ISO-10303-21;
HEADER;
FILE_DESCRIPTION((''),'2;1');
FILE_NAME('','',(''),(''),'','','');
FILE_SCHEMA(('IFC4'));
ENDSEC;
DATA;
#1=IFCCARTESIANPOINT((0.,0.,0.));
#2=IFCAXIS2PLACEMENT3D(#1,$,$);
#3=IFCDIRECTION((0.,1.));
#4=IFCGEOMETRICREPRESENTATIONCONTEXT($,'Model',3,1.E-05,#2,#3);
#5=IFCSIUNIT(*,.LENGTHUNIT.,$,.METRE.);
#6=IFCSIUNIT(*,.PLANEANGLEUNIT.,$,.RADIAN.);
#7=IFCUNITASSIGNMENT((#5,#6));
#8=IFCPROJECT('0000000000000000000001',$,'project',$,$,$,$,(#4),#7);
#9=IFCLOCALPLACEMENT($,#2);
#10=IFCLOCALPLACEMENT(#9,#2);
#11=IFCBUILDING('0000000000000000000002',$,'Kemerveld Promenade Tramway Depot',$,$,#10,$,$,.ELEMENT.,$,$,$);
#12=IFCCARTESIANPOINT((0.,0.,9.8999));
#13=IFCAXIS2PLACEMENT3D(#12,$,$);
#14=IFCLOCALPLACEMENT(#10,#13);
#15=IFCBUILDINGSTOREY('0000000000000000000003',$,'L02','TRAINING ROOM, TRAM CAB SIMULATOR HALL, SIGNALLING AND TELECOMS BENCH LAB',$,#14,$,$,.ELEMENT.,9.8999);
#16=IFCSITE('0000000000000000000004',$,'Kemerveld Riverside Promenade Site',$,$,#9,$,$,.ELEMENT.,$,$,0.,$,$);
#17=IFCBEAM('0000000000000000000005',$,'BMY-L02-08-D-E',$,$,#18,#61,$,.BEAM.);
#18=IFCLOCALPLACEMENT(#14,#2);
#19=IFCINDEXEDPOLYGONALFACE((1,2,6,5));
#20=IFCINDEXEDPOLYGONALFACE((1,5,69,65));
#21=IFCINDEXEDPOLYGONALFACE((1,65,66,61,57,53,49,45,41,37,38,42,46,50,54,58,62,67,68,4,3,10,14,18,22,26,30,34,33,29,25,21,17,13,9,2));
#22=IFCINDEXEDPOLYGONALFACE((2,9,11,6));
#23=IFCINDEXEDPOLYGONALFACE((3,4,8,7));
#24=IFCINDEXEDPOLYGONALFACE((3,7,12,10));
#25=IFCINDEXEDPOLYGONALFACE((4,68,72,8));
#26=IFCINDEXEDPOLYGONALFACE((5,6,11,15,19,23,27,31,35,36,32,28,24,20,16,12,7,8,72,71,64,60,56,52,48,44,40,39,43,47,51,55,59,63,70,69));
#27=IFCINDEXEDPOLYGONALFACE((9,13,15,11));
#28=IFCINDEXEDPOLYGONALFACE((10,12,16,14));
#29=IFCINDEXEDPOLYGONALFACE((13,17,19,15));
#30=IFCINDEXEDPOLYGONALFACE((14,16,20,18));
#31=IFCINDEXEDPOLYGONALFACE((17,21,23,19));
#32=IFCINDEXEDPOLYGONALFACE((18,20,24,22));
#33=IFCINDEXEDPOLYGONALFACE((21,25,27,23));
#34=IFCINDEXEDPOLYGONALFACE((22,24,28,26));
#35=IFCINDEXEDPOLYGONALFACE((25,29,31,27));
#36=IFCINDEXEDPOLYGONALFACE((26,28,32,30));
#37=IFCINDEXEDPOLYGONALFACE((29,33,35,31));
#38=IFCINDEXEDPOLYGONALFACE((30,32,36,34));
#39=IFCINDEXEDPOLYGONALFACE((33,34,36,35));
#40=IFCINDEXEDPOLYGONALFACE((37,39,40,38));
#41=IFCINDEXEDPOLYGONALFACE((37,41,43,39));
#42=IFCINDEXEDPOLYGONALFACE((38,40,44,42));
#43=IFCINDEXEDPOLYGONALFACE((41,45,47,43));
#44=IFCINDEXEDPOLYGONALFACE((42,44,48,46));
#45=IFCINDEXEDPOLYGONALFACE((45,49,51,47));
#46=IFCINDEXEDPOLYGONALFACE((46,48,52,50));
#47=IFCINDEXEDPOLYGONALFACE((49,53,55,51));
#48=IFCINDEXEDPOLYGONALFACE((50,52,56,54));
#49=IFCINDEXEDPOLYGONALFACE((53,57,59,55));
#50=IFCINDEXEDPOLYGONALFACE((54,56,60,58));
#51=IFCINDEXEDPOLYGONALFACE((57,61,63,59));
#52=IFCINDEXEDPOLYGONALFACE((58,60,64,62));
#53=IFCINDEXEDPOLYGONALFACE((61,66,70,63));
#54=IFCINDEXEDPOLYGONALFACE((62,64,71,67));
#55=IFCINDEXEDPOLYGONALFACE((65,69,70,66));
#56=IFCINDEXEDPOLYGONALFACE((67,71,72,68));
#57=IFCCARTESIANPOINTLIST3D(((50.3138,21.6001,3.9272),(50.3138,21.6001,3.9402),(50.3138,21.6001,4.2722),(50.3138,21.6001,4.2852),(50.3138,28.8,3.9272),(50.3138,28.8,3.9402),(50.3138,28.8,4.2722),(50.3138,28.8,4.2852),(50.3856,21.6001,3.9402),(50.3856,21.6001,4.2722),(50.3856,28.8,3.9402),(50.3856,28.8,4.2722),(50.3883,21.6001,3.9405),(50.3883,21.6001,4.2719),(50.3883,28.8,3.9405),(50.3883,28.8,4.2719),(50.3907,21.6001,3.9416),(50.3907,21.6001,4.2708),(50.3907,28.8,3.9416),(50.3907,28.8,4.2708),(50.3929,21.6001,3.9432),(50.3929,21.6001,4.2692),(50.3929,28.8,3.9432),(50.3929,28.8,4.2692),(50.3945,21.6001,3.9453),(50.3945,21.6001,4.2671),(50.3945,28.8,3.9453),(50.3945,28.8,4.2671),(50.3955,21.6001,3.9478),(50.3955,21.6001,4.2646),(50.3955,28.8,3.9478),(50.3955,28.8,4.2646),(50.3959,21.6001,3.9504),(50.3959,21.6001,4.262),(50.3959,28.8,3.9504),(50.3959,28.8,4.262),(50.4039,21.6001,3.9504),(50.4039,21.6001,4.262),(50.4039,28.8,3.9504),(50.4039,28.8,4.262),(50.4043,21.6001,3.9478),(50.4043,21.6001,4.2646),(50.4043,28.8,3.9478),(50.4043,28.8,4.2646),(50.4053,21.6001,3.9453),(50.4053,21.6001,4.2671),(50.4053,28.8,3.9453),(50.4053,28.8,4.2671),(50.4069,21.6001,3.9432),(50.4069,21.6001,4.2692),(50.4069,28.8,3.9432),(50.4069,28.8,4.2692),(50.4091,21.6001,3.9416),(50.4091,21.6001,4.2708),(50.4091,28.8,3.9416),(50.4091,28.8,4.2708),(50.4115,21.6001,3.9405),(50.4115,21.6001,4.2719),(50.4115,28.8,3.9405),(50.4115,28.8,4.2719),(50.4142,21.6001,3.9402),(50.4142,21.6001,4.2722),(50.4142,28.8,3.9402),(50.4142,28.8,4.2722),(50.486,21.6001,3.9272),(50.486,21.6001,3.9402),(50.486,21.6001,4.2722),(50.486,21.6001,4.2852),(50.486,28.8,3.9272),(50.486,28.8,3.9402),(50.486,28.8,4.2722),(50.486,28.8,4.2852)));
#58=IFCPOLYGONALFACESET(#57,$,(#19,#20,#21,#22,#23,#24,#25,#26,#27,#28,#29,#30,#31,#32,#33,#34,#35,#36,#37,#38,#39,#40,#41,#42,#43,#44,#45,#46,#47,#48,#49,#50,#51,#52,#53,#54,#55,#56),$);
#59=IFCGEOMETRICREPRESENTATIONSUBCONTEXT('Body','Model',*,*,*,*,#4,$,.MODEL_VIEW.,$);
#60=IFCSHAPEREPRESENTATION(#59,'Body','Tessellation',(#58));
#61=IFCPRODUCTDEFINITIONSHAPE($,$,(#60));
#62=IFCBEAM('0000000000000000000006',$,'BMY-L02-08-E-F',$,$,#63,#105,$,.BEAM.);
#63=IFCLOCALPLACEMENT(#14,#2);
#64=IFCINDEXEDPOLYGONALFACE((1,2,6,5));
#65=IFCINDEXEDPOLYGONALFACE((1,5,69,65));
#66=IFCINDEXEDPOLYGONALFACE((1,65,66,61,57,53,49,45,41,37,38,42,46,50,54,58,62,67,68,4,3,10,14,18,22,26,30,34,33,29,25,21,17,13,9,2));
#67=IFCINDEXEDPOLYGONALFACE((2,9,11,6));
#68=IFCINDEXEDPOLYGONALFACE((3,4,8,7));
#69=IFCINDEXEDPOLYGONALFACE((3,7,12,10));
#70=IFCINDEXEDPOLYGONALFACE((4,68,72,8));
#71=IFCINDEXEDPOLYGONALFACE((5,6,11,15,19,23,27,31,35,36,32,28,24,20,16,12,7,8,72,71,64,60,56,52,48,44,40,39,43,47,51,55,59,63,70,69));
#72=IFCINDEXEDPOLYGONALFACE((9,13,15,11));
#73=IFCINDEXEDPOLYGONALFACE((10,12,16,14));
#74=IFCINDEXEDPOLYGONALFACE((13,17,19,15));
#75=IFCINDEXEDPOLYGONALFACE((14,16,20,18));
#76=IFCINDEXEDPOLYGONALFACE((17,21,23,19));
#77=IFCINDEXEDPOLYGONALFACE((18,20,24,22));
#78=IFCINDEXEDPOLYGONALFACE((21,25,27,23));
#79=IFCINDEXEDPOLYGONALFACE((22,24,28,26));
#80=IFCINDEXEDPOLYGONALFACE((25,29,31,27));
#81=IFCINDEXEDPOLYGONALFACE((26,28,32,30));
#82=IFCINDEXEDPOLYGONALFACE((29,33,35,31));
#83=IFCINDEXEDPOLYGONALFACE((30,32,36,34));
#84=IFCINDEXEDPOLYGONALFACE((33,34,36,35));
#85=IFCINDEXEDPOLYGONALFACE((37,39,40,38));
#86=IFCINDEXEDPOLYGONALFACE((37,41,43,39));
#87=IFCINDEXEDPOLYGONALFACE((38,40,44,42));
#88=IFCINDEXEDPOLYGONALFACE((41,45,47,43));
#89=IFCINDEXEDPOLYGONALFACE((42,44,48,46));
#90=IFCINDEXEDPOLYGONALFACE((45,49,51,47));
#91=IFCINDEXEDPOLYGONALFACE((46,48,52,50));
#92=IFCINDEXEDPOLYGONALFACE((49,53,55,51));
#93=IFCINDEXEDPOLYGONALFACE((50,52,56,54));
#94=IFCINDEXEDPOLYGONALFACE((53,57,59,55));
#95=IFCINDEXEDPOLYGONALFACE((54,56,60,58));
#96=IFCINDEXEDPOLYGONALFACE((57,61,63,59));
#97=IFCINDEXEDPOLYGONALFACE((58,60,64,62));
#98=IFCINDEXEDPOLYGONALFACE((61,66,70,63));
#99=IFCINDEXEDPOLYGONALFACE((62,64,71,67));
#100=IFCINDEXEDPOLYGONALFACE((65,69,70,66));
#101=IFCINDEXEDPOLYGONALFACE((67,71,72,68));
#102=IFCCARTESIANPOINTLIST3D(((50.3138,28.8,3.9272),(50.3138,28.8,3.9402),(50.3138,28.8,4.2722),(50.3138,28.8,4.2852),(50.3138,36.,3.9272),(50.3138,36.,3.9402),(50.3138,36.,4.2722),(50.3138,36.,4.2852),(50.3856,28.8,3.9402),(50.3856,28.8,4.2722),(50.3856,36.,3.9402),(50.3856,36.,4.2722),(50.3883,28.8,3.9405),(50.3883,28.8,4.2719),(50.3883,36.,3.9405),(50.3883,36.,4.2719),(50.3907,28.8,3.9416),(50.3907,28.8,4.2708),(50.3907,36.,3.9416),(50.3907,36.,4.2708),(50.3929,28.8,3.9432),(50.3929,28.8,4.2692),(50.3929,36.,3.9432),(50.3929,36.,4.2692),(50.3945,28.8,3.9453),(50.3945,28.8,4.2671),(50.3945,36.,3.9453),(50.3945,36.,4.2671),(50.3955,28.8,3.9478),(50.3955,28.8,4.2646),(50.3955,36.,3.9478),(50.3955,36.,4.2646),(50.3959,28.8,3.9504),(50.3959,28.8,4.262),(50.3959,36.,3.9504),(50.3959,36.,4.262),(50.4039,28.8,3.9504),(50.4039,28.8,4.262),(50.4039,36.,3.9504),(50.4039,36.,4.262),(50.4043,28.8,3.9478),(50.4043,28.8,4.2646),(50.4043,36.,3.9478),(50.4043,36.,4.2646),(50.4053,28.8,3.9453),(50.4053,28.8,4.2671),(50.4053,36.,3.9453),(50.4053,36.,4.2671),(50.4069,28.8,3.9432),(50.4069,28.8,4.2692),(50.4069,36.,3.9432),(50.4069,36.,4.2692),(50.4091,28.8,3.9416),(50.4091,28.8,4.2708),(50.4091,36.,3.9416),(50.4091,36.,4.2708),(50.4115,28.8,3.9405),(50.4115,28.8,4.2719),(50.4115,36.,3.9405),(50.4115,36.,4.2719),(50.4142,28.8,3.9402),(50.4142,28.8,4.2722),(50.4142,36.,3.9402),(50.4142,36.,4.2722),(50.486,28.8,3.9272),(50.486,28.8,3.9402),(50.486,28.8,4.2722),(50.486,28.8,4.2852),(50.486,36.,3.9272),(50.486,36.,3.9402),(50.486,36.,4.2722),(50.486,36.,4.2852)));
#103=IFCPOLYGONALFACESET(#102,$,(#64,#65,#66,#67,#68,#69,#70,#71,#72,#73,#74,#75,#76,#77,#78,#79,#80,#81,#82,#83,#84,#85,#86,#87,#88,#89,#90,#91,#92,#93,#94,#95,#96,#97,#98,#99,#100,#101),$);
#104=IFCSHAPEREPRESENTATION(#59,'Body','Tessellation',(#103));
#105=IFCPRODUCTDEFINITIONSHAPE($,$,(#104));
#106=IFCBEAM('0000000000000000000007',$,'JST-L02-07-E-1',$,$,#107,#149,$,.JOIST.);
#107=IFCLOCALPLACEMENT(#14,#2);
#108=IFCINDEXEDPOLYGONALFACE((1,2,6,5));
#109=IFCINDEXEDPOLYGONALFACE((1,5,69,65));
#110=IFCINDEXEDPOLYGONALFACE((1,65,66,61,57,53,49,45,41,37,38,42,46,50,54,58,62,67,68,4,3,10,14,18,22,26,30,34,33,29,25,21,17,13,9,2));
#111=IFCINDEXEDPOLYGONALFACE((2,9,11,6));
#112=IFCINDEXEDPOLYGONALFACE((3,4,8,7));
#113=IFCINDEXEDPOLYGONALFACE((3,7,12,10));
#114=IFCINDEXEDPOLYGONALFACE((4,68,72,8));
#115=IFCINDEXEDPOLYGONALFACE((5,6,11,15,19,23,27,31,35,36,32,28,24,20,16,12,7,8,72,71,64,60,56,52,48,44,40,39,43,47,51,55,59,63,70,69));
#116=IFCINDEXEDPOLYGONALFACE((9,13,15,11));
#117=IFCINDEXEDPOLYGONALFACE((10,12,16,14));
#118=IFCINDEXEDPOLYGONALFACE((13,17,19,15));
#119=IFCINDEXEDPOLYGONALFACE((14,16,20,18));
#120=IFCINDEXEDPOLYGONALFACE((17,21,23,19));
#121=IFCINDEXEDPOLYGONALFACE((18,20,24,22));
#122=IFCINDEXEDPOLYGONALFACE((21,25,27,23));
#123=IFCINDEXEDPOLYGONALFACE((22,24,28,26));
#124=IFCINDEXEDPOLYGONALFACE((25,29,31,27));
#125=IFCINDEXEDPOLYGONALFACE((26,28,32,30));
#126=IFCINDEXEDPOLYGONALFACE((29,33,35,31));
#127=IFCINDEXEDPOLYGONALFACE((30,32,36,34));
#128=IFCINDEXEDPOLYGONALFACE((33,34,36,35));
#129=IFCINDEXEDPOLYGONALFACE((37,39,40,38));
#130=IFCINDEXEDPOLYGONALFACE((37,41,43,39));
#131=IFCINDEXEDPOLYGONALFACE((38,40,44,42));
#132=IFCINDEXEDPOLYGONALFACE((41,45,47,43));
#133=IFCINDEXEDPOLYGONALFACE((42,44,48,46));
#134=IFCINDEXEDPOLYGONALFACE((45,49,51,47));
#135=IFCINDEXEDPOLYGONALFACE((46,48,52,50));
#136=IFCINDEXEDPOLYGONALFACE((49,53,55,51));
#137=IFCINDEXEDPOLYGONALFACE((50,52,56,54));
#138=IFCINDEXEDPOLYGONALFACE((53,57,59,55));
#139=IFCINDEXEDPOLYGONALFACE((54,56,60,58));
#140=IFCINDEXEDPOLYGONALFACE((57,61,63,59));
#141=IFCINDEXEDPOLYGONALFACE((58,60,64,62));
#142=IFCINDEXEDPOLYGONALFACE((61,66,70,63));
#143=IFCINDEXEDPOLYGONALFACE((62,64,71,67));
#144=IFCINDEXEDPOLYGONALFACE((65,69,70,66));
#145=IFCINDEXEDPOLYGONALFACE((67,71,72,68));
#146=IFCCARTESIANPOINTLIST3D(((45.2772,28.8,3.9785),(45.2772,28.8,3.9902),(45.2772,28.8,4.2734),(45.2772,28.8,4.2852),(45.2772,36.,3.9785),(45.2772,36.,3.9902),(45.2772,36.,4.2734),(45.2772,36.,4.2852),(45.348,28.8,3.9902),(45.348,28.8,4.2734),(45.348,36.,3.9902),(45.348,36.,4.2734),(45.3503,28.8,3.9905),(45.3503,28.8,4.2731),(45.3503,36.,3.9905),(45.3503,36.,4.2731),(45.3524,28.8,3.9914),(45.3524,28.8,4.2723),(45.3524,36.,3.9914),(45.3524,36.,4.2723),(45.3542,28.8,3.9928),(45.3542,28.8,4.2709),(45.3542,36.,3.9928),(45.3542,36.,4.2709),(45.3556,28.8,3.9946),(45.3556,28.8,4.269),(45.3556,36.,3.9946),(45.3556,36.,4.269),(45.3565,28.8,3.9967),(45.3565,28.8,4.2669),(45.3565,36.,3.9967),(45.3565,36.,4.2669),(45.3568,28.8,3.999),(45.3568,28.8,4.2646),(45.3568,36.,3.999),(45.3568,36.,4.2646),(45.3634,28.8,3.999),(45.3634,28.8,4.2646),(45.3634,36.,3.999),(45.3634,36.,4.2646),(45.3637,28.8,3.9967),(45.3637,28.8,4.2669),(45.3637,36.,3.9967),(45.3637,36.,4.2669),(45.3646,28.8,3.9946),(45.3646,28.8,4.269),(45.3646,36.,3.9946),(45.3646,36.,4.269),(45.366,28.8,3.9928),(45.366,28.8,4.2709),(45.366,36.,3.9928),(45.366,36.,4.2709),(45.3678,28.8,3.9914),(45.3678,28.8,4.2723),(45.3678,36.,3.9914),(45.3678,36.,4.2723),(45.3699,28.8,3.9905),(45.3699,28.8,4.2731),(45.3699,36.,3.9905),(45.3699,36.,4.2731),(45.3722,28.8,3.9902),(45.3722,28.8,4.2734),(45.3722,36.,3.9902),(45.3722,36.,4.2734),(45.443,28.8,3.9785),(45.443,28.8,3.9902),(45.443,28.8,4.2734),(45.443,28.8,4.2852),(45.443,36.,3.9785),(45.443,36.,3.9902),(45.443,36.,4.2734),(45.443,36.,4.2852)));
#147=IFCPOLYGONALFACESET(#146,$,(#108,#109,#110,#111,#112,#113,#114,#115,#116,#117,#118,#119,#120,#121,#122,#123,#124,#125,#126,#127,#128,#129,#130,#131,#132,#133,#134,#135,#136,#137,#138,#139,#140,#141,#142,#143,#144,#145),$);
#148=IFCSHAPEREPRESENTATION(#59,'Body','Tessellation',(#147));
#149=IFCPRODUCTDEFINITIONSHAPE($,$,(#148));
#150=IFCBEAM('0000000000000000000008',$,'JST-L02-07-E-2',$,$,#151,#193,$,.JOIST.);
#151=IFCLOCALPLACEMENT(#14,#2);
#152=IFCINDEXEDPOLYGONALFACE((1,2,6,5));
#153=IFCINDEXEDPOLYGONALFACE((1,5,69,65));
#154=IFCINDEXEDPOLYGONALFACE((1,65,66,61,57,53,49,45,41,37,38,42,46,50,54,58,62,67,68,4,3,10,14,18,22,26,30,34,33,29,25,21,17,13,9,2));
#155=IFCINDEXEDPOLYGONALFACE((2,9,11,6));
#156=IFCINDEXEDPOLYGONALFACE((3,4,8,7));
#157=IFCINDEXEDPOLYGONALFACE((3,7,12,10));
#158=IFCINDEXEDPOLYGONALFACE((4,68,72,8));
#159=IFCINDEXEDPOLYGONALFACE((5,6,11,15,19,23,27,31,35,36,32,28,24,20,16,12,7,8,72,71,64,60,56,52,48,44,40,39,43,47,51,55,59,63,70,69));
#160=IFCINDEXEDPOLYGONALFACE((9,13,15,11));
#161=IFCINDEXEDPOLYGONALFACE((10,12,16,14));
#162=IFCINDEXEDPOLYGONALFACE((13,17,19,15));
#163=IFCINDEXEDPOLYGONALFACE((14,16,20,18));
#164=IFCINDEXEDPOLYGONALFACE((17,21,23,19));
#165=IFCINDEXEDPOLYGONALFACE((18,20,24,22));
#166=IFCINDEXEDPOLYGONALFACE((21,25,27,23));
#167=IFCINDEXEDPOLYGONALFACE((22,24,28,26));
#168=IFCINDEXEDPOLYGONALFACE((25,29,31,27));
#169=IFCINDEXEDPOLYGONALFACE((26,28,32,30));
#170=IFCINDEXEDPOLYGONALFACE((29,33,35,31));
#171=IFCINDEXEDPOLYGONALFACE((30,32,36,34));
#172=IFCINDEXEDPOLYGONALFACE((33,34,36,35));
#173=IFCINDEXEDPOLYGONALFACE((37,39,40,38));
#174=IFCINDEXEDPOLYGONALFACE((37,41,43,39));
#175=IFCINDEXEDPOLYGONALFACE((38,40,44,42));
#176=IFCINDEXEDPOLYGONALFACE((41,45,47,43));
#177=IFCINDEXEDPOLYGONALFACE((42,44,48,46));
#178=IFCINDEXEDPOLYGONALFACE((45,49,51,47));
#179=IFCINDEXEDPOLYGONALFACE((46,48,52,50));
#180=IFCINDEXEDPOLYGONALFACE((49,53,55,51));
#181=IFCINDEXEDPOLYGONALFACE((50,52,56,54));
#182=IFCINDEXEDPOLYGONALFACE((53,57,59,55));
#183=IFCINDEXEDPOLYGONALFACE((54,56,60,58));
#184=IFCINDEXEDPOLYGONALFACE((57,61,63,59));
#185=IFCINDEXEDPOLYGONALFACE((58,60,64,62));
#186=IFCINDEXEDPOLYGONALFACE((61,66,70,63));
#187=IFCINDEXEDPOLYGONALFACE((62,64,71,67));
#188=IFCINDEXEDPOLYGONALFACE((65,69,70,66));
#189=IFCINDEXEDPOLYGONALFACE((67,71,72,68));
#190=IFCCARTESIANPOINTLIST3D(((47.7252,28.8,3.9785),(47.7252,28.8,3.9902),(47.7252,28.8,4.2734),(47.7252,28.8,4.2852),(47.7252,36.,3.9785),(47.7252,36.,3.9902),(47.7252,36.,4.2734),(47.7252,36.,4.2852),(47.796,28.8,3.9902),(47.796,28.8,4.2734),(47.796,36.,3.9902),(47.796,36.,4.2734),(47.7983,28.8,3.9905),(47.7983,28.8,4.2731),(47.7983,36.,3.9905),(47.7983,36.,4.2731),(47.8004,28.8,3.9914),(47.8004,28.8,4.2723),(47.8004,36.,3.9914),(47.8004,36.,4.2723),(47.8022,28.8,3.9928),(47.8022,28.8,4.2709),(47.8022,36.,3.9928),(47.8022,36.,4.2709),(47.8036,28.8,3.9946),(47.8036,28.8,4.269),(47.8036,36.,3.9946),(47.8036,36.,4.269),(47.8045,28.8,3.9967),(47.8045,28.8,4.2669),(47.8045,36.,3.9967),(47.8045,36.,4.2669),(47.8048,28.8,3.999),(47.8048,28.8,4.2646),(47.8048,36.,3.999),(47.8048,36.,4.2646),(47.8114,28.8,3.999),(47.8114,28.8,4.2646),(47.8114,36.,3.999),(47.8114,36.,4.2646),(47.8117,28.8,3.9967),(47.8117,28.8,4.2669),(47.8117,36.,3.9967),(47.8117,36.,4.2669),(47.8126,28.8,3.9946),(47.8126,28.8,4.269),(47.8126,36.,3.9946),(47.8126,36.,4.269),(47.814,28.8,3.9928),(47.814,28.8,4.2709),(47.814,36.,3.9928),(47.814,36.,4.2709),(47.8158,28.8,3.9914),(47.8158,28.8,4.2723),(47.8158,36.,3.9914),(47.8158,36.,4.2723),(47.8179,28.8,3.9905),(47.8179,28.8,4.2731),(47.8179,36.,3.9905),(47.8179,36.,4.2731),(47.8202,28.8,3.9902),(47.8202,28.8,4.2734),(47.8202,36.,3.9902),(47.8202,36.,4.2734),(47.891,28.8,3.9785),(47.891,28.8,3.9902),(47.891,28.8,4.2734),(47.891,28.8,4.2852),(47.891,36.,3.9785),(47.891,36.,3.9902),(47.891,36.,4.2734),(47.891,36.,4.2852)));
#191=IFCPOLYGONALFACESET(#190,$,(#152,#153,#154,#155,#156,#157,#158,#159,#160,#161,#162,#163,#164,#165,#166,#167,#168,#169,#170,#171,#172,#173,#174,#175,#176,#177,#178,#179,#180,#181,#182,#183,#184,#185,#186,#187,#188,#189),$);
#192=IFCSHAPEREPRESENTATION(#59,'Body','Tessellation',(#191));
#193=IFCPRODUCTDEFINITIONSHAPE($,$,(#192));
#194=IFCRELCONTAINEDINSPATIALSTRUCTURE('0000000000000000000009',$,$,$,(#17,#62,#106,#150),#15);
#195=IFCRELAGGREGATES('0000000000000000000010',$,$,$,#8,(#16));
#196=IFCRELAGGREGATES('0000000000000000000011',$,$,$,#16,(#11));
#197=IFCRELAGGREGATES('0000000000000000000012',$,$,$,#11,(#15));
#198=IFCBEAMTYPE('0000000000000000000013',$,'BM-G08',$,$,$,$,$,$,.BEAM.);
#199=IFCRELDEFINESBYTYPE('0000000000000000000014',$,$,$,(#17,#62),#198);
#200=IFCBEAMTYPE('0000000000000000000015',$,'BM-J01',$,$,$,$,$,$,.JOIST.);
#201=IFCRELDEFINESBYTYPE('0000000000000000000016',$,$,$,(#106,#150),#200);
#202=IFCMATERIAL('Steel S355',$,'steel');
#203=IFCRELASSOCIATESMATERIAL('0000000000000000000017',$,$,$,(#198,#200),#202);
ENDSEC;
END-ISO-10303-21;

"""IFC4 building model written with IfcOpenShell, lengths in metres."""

from ifc_helpers import new_model, si_unit, direction, frame, origin, origin_2d, place, context, subcontext, project, spatial, i_section, extrude, material, material_profile, profile_set, type_object, element, save


model = new_model("IFC4")

# Units and contexts
model_context = context("Model", 3, precision=1e-05, world=origin(), true_north=direction((0.0, 1.0)))
body_context = subcontext(model_context, "Body", "Model", "MODEL_VIEW")
ifc_project = project(units=[si_unit("LENGTHUNIT", "METRE"), si_unit("PLANEANGLEUNIT", "RADIAN")], contexts=[model_context])

# Site, building, storey
site_placement = place(None, origin())
site = spatial("IfcSite", under=ifc_project, at=site_placement, Name="Kemerveld Riverside Promenade Site", CompositionType="ELEMENT", RefElevation=0.0)
building_placement = place(site_placement, origin())
building = spatial("IfcBuilding", under=site, at=building_placement, Name="Kemerveld Promenade Tramway Depot", CompositionType="ELEMENT")
storey_placement = place(building_placement, frame((0.0, 0.0, 9.8999)))
storey = spatial("IfcBuildingStorey", under=building, at=storey_placement, Name="L02", Description="TRAINING ROOM, TRAM CAB SIMULATOR HALL, SIGNALLING AND TELECOMS BENCH LAB", CompositionType="ELEMENT", Elevation=9.8999)

# Shared definitions
ifc_material_1 = material(Name="Steel S355", Category="steel")

# Beams
ifc_material_profile_1 = material_profile(ifc_material_1, i_section(OverallWidth=0.1721, OverallDepth=0.3579, WebThickness=0.0081, FlangeThickness=0.0129, FilletRadius=0.0103, at=origin_2d()), Name="356x171x57 UB")
ifc_profile_set_1 = profile_set([ifc_material_profile_1], Name="Steel S355")
beam_type_1 = type_object("IfcBeamType", Name="BM-G08", PredefinedType="BEAM", material=ifc_profile_set_1)
for number, where, z_axis, x_axis, name in (
    (1, (50.3999, 21.6001, 4.1062), (0.0, 1.0, 0.0), (-1.0, 0.0, 0.0), "BMY-L02-08-D-E"),
    (2, (50.3999, 28.8, 4.1062), (0.0, 1.0, 0.0), (-1.0, 0.0, 0.0), "BMY-L02-08-E-F"),
):
    element("IfcBeam", number, at=place(storey_placement, frame(where, z_axis=z_axis, x_axis=x_axis)), inside=storey, type_object=beam_type_1, Name=name, PredefinedType="BEAM", context=body_context, shape_type="SweptSolid", body=[
        extrude(i_section(OverallWidth=0.1721, OverallDepth=0.3579, WebThickness=0.0081, FlangeThickness=0.0129, FilletRadius=0.0103, at=origin_2d()), origin(), (0.0, 0.0, 1.0), 7.2),
    ])
ifc_material_profile_2 = material_profile(ifc_material_1, i_section(OverallWidth=0.1658, OverallDepth=0.3066, WebThickness=0.0066, FlangeThickness=0.0117, FilletRadius=0.0088, at=origin_2d()), Name="305x165x46 UB")
ifc_profile_set_2 = profile_set([ifc_material_profile_2], Name="Steel S355")
beam_type_2 = type_object("IfcBeamType", Name="BM-J01", PredefinedType="JOIST", material=ifc_profile_set_2)
for number, where, z_axis, x_axis, name in (
    (3, (45.3601, 28.8, 4.1318), (0.0, 1.0, 0.0), (-1.0, 0.0, 0.0), "JST-L02-07-E-1"),
    (4, (47.8081, 28.8, 4.1318), (0.0, 1.0, 0.0), (-1.0, 0.0, 0.0), "JST-L02-07-E-2"),
):
    element("IfcBeam", number, at=place(storey_placement, frame(where, z_axis=z_axis, x_axis=x_axis)), inside=storey, type_object=beam_type_2, Name=name, PredefinedType="JOIST", context=body_context, shape_type="SweptSolid", body=[
        extrude(i_section(OverallWidth=0.1658, OverallDepth=0.3066, WebThickness=0.0066, FlangeThickness=0.0117, FilletRadius=0.0088, at=origin_2d()), origin(), (0.0, 0.0, 1.0), 7.2),
    ])

save(model, "model.ifc")
